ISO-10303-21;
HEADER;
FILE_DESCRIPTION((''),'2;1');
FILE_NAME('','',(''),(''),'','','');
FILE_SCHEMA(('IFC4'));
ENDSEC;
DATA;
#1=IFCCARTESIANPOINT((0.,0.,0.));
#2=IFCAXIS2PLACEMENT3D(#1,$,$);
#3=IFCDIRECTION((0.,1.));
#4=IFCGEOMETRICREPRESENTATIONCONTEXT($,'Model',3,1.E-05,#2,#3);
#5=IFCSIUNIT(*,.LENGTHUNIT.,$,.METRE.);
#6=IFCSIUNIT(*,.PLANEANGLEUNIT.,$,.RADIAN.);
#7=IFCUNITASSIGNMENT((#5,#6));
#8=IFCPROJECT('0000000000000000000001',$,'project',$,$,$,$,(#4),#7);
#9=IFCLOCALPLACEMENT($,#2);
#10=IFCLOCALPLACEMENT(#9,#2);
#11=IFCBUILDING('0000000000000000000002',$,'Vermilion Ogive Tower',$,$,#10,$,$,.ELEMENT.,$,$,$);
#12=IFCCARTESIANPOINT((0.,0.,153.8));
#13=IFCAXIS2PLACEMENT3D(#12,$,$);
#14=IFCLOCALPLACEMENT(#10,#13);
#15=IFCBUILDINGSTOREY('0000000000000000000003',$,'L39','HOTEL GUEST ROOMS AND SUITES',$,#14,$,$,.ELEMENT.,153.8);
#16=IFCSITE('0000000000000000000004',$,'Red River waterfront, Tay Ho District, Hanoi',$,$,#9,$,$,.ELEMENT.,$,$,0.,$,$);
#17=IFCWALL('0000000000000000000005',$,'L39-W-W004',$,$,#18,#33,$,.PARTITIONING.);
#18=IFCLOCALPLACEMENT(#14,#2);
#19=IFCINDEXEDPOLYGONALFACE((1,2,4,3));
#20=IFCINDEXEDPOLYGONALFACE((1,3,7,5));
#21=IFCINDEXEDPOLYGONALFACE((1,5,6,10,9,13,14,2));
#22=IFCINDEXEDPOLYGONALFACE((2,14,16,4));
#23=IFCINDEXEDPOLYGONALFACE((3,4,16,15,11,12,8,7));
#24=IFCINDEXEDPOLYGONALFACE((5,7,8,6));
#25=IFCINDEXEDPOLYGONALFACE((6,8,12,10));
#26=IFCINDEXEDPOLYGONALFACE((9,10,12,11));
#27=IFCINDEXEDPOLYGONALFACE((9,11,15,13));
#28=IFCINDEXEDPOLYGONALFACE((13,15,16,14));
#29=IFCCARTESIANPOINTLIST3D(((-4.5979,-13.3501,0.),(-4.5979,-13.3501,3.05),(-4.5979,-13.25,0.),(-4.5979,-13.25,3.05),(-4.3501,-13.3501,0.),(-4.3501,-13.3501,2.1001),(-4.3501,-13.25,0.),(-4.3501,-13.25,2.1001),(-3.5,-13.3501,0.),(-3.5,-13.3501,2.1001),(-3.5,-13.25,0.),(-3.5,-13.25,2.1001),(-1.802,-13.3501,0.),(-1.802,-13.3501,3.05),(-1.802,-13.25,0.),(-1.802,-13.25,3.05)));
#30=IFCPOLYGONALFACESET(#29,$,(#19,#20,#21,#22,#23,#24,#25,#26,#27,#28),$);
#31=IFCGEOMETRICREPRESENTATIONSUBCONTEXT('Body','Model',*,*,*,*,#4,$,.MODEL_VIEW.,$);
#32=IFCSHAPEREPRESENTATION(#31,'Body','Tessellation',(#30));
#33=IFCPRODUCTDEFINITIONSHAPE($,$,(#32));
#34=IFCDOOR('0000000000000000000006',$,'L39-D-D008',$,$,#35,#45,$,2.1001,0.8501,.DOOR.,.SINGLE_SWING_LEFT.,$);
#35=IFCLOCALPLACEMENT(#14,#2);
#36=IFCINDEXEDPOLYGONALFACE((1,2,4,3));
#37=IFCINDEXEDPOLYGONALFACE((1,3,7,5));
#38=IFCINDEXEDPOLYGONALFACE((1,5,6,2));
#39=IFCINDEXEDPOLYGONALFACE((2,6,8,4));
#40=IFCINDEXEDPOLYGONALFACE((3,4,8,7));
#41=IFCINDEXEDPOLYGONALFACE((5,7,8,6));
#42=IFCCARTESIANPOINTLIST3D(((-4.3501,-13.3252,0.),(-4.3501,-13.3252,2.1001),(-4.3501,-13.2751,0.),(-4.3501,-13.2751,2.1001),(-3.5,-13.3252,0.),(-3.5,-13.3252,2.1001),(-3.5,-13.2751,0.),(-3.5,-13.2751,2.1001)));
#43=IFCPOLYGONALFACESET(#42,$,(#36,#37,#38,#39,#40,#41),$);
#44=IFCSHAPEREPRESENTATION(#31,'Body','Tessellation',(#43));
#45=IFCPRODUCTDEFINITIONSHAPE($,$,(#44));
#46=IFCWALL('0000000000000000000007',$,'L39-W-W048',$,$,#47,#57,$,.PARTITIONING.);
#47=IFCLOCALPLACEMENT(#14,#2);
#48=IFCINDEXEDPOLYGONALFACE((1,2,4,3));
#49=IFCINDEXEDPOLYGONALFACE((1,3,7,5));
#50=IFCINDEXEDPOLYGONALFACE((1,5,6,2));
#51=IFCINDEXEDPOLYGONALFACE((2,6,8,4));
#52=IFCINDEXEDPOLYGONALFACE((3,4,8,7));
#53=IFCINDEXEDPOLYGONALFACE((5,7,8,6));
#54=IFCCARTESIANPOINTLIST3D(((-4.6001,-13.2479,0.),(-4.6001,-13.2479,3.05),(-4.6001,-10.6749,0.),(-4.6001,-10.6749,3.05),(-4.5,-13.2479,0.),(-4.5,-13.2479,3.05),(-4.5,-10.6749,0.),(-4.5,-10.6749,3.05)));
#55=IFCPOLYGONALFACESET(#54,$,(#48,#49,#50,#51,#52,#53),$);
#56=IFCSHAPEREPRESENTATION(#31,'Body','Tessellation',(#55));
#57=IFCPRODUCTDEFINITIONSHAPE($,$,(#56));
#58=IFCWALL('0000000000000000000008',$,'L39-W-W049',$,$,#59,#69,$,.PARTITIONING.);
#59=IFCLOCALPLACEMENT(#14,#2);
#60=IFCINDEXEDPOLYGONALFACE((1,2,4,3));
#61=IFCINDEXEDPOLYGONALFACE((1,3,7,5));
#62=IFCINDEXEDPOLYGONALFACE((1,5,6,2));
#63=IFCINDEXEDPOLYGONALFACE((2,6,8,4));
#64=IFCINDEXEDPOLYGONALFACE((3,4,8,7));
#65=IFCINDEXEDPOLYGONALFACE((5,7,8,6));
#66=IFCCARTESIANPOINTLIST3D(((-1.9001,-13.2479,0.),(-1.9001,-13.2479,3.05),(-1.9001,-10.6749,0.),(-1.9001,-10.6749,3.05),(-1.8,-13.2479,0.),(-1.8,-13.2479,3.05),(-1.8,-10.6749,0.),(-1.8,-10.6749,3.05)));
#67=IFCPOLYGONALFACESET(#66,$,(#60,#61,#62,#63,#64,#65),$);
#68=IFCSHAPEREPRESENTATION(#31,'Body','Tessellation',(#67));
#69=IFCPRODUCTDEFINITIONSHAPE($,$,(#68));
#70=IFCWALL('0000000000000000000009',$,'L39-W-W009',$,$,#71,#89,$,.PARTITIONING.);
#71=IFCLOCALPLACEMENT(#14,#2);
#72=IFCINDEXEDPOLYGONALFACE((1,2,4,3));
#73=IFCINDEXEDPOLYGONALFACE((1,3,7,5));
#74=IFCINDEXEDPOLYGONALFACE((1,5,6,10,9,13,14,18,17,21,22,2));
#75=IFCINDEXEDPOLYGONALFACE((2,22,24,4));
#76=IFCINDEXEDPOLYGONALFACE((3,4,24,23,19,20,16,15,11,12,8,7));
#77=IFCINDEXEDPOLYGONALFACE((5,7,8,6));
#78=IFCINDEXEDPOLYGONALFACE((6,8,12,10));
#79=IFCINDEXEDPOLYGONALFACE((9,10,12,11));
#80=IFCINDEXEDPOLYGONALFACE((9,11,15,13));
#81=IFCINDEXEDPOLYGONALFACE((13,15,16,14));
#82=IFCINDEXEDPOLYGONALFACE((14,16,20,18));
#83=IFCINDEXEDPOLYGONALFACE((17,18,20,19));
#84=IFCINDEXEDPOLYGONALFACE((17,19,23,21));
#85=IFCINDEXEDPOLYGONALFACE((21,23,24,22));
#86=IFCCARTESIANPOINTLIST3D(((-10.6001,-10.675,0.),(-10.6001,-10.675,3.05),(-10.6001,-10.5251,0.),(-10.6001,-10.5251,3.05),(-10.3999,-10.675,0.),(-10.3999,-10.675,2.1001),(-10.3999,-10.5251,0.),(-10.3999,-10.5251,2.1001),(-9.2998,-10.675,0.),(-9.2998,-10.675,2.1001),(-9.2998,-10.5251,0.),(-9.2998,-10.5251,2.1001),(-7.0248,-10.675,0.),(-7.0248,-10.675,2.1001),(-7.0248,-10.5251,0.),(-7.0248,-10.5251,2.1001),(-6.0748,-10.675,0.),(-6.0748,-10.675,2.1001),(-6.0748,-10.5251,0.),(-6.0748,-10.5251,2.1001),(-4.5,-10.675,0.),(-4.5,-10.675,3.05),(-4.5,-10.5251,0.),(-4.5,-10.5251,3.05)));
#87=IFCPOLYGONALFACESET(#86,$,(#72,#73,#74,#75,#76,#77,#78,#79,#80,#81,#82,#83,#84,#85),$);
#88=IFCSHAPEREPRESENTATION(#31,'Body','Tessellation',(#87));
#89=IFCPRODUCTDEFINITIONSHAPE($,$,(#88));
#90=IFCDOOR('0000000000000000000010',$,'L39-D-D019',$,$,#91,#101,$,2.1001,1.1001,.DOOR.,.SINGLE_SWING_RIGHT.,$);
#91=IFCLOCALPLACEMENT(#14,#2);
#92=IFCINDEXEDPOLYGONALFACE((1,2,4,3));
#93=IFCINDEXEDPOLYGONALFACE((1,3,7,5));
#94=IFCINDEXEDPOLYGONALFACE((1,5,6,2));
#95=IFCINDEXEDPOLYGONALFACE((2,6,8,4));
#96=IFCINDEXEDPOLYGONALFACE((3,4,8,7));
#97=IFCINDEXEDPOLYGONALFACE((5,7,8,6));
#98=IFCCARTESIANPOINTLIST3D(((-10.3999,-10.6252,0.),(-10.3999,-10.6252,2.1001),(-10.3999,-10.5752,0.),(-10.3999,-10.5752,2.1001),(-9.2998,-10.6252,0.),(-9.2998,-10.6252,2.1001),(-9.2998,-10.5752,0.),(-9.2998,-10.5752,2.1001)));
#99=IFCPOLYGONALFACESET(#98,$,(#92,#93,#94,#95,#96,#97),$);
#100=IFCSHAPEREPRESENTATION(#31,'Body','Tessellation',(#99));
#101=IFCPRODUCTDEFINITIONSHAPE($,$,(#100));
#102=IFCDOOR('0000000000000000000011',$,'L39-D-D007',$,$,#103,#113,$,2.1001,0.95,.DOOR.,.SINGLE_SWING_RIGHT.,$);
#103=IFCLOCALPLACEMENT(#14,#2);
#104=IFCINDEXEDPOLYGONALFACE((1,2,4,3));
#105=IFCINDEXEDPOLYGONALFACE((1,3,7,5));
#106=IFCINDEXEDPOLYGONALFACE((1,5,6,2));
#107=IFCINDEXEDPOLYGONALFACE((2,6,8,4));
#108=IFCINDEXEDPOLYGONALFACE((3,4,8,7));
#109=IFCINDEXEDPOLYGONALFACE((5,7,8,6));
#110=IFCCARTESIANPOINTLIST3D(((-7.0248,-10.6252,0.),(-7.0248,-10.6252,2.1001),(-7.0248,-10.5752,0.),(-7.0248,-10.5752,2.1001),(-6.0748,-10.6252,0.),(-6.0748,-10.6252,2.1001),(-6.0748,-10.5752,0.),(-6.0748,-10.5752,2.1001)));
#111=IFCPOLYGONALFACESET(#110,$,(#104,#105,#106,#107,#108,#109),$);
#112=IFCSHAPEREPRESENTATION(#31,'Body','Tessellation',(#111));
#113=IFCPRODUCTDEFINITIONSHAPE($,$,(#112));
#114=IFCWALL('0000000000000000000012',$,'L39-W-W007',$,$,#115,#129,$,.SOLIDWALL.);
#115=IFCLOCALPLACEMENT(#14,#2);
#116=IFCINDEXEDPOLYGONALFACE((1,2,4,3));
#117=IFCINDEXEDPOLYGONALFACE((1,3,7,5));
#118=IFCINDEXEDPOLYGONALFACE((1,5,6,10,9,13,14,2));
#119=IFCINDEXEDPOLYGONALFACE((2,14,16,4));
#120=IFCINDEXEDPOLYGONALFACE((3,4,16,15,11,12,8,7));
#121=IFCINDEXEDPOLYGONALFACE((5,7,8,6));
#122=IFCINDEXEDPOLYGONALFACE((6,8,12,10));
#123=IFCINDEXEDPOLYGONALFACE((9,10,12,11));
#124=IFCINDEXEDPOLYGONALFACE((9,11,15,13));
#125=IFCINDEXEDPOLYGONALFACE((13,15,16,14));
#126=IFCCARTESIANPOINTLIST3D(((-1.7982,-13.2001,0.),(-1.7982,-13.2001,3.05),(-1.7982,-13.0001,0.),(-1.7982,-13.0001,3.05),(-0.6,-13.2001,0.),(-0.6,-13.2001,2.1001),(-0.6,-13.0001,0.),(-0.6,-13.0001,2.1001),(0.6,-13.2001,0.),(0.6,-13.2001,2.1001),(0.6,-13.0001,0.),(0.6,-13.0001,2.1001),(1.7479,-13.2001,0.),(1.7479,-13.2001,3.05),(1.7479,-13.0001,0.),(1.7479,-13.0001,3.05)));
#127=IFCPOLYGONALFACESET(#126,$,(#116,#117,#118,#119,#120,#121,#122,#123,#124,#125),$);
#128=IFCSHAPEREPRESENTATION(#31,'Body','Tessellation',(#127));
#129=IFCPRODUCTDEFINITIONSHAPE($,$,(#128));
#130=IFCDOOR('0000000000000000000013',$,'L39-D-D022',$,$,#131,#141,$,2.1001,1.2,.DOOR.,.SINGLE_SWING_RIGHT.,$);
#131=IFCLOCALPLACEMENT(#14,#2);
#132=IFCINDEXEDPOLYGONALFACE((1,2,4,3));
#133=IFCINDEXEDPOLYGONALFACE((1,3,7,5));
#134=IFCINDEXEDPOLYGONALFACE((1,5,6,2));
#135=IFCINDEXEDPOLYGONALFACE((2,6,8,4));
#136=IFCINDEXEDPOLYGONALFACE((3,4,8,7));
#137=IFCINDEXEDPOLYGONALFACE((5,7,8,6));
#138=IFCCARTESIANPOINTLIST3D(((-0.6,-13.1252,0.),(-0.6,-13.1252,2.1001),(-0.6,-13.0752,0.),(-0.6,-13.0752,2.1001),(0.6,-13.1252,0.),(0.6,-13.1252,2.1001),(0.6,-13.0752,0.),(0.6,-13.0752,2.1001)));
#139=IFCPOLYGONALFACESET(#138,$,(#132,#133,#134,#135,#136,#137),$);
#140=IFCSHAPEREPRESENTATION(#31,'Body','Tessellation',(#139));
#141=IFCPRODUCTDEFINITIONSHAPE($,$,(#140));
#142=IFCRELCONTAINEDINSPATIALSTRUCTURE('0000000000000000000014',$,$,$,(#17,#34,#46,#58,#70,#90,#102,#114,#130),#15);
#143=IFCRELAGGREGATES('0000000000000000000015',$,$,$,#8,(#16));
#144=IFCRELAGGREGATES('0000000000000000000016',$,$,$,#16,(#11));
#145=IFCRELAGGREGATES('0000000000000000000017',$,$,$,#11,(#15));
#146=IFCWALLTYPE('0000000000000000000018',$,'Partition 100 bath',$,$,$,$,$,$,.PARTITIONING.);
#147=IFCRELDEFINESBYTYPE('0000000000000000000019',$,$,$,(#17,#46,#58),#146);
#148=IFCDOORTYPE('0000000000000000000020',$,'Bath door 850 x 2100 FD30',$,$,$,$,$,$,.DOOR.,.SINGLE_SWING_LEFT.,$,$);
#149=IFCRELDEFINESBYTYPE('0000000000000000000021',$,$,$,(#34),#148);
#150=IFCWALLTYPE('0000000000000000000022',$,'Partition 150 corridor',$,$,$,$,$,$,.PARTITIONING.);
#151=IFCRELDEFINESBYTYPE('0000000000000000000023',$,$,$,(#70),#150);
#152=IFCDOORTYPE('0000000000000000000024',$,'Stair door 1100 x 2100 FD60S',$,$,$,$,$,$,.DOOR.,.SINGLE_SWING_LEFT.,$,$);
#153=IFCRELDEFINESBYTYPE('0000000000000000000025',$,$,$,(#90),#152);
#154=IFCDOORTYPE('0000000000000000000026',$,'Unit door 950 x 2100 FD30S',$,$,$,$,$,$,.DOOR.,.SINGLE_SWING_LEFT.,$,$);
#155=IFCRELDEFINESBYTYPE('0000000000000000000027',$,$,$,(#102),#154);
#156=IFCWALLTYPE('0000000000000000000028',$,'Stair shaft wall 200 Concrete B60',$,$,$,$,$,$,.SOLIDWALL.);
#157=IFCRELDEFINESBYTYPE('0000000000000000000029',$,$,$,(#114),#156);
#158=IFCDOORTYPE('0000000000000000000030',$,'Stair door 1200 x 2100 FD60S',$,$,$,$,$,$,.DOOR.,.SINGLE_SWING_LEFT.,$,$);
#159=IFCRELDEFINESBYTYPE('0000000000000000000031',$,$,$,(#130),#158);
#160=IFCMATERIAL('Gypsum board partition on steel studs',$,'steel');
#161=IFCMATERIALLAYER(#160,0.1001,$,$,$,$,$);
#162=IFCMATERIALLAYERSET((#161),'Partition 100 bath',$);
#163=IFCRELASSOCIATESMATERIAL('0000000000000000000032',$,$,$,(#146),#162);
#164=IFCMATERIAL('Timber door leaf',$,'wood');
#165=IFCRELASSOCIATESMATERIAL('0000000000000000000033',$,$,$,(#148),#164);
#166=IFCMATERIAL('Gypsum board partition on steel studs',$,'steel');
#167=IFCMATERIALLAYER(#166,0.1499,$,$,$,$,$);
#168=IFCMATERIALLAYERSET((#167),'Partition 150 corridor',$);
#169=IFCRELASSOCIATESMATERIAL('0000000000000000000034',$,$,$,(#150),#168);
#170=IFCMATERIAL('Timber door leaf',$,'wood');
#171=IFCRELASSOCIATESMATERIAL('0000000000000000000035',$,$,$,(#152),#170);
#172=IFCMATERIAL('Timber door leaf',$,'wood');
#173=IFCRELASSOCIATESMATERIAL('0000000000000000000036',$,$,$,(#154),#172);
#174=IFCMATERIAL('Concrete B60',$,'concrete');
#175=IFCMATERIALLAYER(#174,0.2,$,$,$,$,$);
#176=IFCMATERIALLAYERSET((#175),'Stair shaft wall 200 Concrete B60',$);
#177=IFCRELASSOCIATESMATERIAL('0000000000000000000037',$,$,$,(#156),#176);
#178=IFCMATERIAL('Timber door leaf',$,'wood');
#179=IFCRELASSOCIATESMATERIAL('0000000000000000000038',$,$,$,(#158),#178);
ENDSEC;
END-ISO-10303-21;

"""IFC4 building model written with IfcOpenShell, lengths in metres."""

from ifc_helpers import new_model, si_unit, direction, frame, frame_2d, origin, place, context, subcontext, project, spatial, rectangle, extrude, material, layer, layer_set, type_object, element, fill, save


model = new_model("IFC4")

# Units and contexts
model_context = context("Model", 3, precision=1e-05, world=origin(), true_north=direction((0.0, 1.0)))
body_context = subcontext(model_context, "Body", "Model", "MODEL_VIEW")
ifc_project = project(units=[si_unit("LENGTHUNIT", "METRE"), si_unit("PLANEANGLEUNIT", "RADIAN")], contexts=[model_context])

# Site, building, storey
site_placement = place(None, origin())
site = spatial("IfcSite", under=ifc_project, at=site_placement, Name="Red River waterfront, Tay Ho District, Hanoi", CompositionType="ELEMENT", RefElevation=0.0)
building_placement = place(site_placement, origin())
building = spatial("IfcBuilding", under=site, at=building_placement, Name="Vermilion Ogive Tower", CompositionType="ELEMENT")
storey_placement = place(building_placement, frame((0.0, 0.0, 153.8)))
storey = spatial("IfcBuildingStorey", under=building, at=storey_placement, Name="L39", Description="HOTEL GUEST ROOMS AND SUITES", CompositionType="ELEMENT", Elevation=153.8)

# Wall, opening, door
ifc_material_1 = material(Name="Gypsum board partition on steel studs", Category="steel")
ifc_layer_1 = layer(ifc_material_1, 0.1001)
ifc_layer_set_1 = layer_set([ifc_layer_1], Name="Partition 100 bath")
wall_type_1 = type_object("IfcWallType", Name="Partition 100 bath", PredefinedType="PARTITIONING", material=ifc_layer_set_1)
wall_1_placement = place(storey_placement, frame((-4.5979, -13.3, 0.0), z_axis=(0.0, 0.0, 1.0), x_axis=(1.0, 0.0, 0.0)))
wall_1 = element("IfcWall", 1, at=wall_1_placement, inside=storey, type_object=wall_type_1, Name="L39-W-W004", PredefinedType="PARTITIONING", context=body_context, shape_type="SweptSolid", body=[
    extrude(rectangle(XDim=2.7959, YDim=0.1001, at=frame_2d((1.3979, 0.0))), origin(), (0.0, 0.0, 1.0), 3.05),
])
opening_1_placement = place(wall_1_placement, frame((0.2478, 0.0, 0.0)))
opening_1 = element("IfcOpeningElement", 2, at=opening_1_placement, cuts=wall_1, PredefinedType="OPENING", context=body_context, shape_type="SweptSolid", body=[
    extrude(rectangle(XDim=0.8501, YDim=2.1001, at=frame_2d((0.425, 1.05))), frame((0.0, 0.0601, 0.0), z_axis=(0.0, -1.0, 0.0), x_axis=(1.0, 0.0, 0.0)), (0.0, 0.0, 1.0), 0.1201),
])
ifc_material_2 = material(Name="Timber door leaf", Category="wood")
door_type_1 = type_object("IfcDoorType", Name="Bath door 850 x 2100 FD30", OperationType="SINGLE_SWING_LEFT", PredefinedType="DOOR", material=ifc_material_2)
door_1_placement = place(opening_1_placement, origin())
door_1 = element("IfcDoor", 3, at=door_1_placement, inside=storey, type_object=door_type_1, Name="L39-D-D008", OperationType="SINGLE_SWING_LEFT", OverallHeight=2.1001, OverallWidth=0.8501, PredefinedType="DOOR", context=body_context, shape_type="SweptSolid", body=[
    extrude(rectangle(XDim=0.8501, YDim=2.1001, at=frame_2d((0.425, 1.05))), frame((0.0, 0.0249, 0.0), z_axis=(0.0, -1.0, 0.0), x_axis=(1.0, 0.0, 0.0)), (0.0, 0.0, 1.0), 0.05),
])
fill(opening_1, door_1)

# Walls
for number, where, z_axis, x_axis, name in (
    (4, (-4.55, -13.248, 0.0), (0.0, 0.0, 1.0), (0.0, 1.0, 0.0), "L39-W-W048"),
    (5, (-1.8501, -13.248, 0.0), (0.0, 0.0, 1.0), (0.0, 1.0, 0.0), "L39-W-W049"),
):
    element("IfcWall", number, at=place(storey_placement, frame(where, z_axis=z_axis, x_axis=x_axis)), inside=storey, type_object=wall_type_1, Name=name, PredefinedType="PARTITIONING", context=body_context, shape_type="SweptSolid", body=[
        extrude(rectangle(XDim=2.573, YDim=0.1001, at=frame_2d((1.2866, 0.0))), origin(), (0.0, 0.0, 1.0), 3.05),
    ])

# Wall, openings, doors
ifc_material_3 = material(Name="Gypsum board partition on steel studs", Category="steel")
ifc_layer_2 = layer(ifc_material_3, 0.1499)
ifc_layer_set_2 = layer_set([ifc_layer_2], Name="Partition 150 corridor")
wall_type_2 = type_object("IfcWallType", Name="Partition 150 corridor", PredefinedType="PARTITIONING", material=ifc_layer_set_2)
wall_2_placement = place(storey_placement, frame((-10.6001, -10.6001, 0.0), z_axis=(0.0, 0.0, 1.0), x_axis=(1.0, 0.0, 0.0)))
wall_2 = element("IfcWall", 6, at=wall_2_placement, inside=storey, type_object=wall_type_2, Name="L39-W-W009", PredefinedType="PARTITIONING", context=body_context, shape_type="SweptSolid", body=[
    extrude(rectangle(XDim=6.1001, YDim=0.1499, at=frame_2d((3.05, 0.0))), origin(), (0.0, 0.0, 1.0), 3.05),
])
opening_2_placement = place(wall_2_placement, frame((3.5752, 0.0, 0.0)))
opening_2 = element("IfcOpeningElement", 7, at=opening_2_placement, cuts=wall_2, PredefinedType="OPENING", context=body_context, shape_type="SweptSolid", body=[
    extrude(rectangle(XDim=0.95, YDim=2.1001, at=frame_2d((0.4751, 1.05))), frame((0.0, 0.085, 0.0), z_axis=(0.0, -1.0, 0.0), x_axis=(1.0, 0.0, 0.0)), (0.0, 0.0, 1.0), 0.1699),
])
opening_3_placement = place(wall_2_placement, frame((0.2002, 0.0, 0.0)))
opening_3 = element("IfcOpeningElement", 8, at=opening_3_placement, cuts=wall_2, PredefinedType="OPENING", context=body_context, shape_type="SweptSolid", body=[
    extrude(rectangle(XDim=1.1001, YDim=2.1001, at=frame_2d((0.55, 1.05))), frame((0.0, 0.085, 0.0), z_axis=(0.0, -1.0, 0.0), x_axis=(1.0, 0.0, 0.0)), (0.0, 0.0, 1.0), 0.1699),
])
ifc_material_4 = material(Name="Timber door leaf", Category="wood")
door_type_2 = type_object("IfcDoorType", Name="Stair door 1100 x 2100 FD60S", OperationType="SINGLE_SWING_LEFT", PredefinedType="DOOR", material=ifc_material_4)
door_2_placement = place(opening_3_placement, origin())
door_2 = element("IfcDoor", 9, at=door_2_placement, inside=storey, type_object=door_type_2, Name="L39-D-D019", OperationType="SINGLE_SWING_RIGHT", OverallHeight=2.1001, OverallWidth=1.1001, PredefinedType="DOOR", context=body_context, shape_type="SweptSolid", body=[
    extrude(rectangle(XDim=1.1001, YDim=2.1001, at=frame_2d((0.55, 1.05))), frame((0.0, 0.0249, 0.0), z_axis=(0.0, -1.0, 0.0), x_axis=(1.0, 0.0, 0.0)), (0.0, 0.0, 1.0), 0.05),
])
fill(opening_3, door_2)
ifc_material_5 = material(Name="Timber door leaf", Category="wood")
door_type_3 = type_object("IfcDoorType", Name="Unit door 950 x 2100 FD30S", OperationType="SINGLE_SWING_LEFT", PredefinedType="DOOR", material=ifc_material_5)
door_3_placement = place(opening_2_placement, origin())
door_3 = element("IfcDoor", 10, at=door_3_placement, inside=storey, type_object=door_type_3, Name="L39-D-D007", OperationType="SINGLE_SWING_RIGHT", OverallHeight=2.1001, OverallWidth=0.95, PredefinedType="DOOR", context=body_context, shape_type="SweptSolid", body=[
    extrude(rectangle(XDim=0.95, YDim=2.1001, at=frame_2d((0.4751, 1.05))), frame((0.0, 0.0249, 0.0), z_axis=(0.0, -1.0, 0.0), x_axis=(1.0, 0.0, 0.0)), (0.0, 0.0, 1.0), 0.05),
])
fill(opening_2, door_3)

# Wall, opening, door
ifc_material_6 = material(Name="Concrete B60", Category="concrete")
ifc_layer_3 = layer(ifc_material_6, 0.2)
ifc_layer_set_3 = layer_set([ifc_layer_3], Name="Stair shaft wall 200 Concrete B60")
wall_type_3 = type_object("IfcWallType", Name="Stair shaft wall 200 Concrete B60", PredefinedType="SOLIDWALL", material=ifc_layer_set_3)
wall_3_placement = place(storey_placement, frame((-1.7981, -13.1001, 0.0), z_axis=(0.0, 0.0, 1.0), x_axis=(1.0, 0.0, 0.0)))
wall_3 = element("IfcWall", 11, at=wall_3_placement, inside=storey, type_object=wall_type_3, Name="L39-W-W007", PredefinedType="SOLIDWALL", context=body_context, shape_type="SweptSolid", body=[
    extrude(rectangle(XDim=3.5461, YDim=0.2, at=frame_2d((1.7729, 0.0))), origin(), (0.0, 0.0, 1.0), 3.05),
])
opening_4_placement = place(wall_3_placement, frame((1.198, 0.0, 0.0)))
opening_4 = element("IfcOpeningElement", 12, at=opening_4_placement, cuts=wall_3, PredefinedType="OPENING", context=body_context, shape_type="SweptSolid", body=[
    extrude(rectangle(XDim=1.2, YDim=2.1001, at=frame_2d((0.6001, 1.05))), frame((0.0, 0.1099, 0.0), z_axis=(0.0, -1.0, 0.0), x_axis=(1.0, 0.0, 0.0)), (0.0, 0.0, 1.0), 0.22),
])
ifc_material_7 = material(Name="Timber door leaf", Category="wood")
door_type_4 = type_object("IfcDoorType", Name="Stair door 1200 x 2100 FD60S", OperationType="SINGLE_SWING_LEFT", PredefinedType="DOOR", material=ifc_material_7)
door_4_placement = place(opening_4_placement, origin())
door_4 = element("IfcDoor", 13, at=door_4_placement, inside=storey, type_object=door_type_4, Name="L39-D-D022", OperationType="SINGLE_SWING_RIGHT", OverallHeight=2.1001, OverallWidth=1.2, PredefinedType="DOOR", context=body_context, shape_type="SweptSolid", body=[
    extrude(rectangle(XDim=1.2, YDim=2.1001, at=frame_2d((0.6001, 1.05))), frame((0.0, 0.0249, 0.0), z_axis=(0.0, -1.0, 0.0), x_axis=(1.0, 0.0, 0.0)), (0.0, 0.0, 1.0), 0.05),
])
fill(opening_4, door_4)

save(model, "model.ifc")
